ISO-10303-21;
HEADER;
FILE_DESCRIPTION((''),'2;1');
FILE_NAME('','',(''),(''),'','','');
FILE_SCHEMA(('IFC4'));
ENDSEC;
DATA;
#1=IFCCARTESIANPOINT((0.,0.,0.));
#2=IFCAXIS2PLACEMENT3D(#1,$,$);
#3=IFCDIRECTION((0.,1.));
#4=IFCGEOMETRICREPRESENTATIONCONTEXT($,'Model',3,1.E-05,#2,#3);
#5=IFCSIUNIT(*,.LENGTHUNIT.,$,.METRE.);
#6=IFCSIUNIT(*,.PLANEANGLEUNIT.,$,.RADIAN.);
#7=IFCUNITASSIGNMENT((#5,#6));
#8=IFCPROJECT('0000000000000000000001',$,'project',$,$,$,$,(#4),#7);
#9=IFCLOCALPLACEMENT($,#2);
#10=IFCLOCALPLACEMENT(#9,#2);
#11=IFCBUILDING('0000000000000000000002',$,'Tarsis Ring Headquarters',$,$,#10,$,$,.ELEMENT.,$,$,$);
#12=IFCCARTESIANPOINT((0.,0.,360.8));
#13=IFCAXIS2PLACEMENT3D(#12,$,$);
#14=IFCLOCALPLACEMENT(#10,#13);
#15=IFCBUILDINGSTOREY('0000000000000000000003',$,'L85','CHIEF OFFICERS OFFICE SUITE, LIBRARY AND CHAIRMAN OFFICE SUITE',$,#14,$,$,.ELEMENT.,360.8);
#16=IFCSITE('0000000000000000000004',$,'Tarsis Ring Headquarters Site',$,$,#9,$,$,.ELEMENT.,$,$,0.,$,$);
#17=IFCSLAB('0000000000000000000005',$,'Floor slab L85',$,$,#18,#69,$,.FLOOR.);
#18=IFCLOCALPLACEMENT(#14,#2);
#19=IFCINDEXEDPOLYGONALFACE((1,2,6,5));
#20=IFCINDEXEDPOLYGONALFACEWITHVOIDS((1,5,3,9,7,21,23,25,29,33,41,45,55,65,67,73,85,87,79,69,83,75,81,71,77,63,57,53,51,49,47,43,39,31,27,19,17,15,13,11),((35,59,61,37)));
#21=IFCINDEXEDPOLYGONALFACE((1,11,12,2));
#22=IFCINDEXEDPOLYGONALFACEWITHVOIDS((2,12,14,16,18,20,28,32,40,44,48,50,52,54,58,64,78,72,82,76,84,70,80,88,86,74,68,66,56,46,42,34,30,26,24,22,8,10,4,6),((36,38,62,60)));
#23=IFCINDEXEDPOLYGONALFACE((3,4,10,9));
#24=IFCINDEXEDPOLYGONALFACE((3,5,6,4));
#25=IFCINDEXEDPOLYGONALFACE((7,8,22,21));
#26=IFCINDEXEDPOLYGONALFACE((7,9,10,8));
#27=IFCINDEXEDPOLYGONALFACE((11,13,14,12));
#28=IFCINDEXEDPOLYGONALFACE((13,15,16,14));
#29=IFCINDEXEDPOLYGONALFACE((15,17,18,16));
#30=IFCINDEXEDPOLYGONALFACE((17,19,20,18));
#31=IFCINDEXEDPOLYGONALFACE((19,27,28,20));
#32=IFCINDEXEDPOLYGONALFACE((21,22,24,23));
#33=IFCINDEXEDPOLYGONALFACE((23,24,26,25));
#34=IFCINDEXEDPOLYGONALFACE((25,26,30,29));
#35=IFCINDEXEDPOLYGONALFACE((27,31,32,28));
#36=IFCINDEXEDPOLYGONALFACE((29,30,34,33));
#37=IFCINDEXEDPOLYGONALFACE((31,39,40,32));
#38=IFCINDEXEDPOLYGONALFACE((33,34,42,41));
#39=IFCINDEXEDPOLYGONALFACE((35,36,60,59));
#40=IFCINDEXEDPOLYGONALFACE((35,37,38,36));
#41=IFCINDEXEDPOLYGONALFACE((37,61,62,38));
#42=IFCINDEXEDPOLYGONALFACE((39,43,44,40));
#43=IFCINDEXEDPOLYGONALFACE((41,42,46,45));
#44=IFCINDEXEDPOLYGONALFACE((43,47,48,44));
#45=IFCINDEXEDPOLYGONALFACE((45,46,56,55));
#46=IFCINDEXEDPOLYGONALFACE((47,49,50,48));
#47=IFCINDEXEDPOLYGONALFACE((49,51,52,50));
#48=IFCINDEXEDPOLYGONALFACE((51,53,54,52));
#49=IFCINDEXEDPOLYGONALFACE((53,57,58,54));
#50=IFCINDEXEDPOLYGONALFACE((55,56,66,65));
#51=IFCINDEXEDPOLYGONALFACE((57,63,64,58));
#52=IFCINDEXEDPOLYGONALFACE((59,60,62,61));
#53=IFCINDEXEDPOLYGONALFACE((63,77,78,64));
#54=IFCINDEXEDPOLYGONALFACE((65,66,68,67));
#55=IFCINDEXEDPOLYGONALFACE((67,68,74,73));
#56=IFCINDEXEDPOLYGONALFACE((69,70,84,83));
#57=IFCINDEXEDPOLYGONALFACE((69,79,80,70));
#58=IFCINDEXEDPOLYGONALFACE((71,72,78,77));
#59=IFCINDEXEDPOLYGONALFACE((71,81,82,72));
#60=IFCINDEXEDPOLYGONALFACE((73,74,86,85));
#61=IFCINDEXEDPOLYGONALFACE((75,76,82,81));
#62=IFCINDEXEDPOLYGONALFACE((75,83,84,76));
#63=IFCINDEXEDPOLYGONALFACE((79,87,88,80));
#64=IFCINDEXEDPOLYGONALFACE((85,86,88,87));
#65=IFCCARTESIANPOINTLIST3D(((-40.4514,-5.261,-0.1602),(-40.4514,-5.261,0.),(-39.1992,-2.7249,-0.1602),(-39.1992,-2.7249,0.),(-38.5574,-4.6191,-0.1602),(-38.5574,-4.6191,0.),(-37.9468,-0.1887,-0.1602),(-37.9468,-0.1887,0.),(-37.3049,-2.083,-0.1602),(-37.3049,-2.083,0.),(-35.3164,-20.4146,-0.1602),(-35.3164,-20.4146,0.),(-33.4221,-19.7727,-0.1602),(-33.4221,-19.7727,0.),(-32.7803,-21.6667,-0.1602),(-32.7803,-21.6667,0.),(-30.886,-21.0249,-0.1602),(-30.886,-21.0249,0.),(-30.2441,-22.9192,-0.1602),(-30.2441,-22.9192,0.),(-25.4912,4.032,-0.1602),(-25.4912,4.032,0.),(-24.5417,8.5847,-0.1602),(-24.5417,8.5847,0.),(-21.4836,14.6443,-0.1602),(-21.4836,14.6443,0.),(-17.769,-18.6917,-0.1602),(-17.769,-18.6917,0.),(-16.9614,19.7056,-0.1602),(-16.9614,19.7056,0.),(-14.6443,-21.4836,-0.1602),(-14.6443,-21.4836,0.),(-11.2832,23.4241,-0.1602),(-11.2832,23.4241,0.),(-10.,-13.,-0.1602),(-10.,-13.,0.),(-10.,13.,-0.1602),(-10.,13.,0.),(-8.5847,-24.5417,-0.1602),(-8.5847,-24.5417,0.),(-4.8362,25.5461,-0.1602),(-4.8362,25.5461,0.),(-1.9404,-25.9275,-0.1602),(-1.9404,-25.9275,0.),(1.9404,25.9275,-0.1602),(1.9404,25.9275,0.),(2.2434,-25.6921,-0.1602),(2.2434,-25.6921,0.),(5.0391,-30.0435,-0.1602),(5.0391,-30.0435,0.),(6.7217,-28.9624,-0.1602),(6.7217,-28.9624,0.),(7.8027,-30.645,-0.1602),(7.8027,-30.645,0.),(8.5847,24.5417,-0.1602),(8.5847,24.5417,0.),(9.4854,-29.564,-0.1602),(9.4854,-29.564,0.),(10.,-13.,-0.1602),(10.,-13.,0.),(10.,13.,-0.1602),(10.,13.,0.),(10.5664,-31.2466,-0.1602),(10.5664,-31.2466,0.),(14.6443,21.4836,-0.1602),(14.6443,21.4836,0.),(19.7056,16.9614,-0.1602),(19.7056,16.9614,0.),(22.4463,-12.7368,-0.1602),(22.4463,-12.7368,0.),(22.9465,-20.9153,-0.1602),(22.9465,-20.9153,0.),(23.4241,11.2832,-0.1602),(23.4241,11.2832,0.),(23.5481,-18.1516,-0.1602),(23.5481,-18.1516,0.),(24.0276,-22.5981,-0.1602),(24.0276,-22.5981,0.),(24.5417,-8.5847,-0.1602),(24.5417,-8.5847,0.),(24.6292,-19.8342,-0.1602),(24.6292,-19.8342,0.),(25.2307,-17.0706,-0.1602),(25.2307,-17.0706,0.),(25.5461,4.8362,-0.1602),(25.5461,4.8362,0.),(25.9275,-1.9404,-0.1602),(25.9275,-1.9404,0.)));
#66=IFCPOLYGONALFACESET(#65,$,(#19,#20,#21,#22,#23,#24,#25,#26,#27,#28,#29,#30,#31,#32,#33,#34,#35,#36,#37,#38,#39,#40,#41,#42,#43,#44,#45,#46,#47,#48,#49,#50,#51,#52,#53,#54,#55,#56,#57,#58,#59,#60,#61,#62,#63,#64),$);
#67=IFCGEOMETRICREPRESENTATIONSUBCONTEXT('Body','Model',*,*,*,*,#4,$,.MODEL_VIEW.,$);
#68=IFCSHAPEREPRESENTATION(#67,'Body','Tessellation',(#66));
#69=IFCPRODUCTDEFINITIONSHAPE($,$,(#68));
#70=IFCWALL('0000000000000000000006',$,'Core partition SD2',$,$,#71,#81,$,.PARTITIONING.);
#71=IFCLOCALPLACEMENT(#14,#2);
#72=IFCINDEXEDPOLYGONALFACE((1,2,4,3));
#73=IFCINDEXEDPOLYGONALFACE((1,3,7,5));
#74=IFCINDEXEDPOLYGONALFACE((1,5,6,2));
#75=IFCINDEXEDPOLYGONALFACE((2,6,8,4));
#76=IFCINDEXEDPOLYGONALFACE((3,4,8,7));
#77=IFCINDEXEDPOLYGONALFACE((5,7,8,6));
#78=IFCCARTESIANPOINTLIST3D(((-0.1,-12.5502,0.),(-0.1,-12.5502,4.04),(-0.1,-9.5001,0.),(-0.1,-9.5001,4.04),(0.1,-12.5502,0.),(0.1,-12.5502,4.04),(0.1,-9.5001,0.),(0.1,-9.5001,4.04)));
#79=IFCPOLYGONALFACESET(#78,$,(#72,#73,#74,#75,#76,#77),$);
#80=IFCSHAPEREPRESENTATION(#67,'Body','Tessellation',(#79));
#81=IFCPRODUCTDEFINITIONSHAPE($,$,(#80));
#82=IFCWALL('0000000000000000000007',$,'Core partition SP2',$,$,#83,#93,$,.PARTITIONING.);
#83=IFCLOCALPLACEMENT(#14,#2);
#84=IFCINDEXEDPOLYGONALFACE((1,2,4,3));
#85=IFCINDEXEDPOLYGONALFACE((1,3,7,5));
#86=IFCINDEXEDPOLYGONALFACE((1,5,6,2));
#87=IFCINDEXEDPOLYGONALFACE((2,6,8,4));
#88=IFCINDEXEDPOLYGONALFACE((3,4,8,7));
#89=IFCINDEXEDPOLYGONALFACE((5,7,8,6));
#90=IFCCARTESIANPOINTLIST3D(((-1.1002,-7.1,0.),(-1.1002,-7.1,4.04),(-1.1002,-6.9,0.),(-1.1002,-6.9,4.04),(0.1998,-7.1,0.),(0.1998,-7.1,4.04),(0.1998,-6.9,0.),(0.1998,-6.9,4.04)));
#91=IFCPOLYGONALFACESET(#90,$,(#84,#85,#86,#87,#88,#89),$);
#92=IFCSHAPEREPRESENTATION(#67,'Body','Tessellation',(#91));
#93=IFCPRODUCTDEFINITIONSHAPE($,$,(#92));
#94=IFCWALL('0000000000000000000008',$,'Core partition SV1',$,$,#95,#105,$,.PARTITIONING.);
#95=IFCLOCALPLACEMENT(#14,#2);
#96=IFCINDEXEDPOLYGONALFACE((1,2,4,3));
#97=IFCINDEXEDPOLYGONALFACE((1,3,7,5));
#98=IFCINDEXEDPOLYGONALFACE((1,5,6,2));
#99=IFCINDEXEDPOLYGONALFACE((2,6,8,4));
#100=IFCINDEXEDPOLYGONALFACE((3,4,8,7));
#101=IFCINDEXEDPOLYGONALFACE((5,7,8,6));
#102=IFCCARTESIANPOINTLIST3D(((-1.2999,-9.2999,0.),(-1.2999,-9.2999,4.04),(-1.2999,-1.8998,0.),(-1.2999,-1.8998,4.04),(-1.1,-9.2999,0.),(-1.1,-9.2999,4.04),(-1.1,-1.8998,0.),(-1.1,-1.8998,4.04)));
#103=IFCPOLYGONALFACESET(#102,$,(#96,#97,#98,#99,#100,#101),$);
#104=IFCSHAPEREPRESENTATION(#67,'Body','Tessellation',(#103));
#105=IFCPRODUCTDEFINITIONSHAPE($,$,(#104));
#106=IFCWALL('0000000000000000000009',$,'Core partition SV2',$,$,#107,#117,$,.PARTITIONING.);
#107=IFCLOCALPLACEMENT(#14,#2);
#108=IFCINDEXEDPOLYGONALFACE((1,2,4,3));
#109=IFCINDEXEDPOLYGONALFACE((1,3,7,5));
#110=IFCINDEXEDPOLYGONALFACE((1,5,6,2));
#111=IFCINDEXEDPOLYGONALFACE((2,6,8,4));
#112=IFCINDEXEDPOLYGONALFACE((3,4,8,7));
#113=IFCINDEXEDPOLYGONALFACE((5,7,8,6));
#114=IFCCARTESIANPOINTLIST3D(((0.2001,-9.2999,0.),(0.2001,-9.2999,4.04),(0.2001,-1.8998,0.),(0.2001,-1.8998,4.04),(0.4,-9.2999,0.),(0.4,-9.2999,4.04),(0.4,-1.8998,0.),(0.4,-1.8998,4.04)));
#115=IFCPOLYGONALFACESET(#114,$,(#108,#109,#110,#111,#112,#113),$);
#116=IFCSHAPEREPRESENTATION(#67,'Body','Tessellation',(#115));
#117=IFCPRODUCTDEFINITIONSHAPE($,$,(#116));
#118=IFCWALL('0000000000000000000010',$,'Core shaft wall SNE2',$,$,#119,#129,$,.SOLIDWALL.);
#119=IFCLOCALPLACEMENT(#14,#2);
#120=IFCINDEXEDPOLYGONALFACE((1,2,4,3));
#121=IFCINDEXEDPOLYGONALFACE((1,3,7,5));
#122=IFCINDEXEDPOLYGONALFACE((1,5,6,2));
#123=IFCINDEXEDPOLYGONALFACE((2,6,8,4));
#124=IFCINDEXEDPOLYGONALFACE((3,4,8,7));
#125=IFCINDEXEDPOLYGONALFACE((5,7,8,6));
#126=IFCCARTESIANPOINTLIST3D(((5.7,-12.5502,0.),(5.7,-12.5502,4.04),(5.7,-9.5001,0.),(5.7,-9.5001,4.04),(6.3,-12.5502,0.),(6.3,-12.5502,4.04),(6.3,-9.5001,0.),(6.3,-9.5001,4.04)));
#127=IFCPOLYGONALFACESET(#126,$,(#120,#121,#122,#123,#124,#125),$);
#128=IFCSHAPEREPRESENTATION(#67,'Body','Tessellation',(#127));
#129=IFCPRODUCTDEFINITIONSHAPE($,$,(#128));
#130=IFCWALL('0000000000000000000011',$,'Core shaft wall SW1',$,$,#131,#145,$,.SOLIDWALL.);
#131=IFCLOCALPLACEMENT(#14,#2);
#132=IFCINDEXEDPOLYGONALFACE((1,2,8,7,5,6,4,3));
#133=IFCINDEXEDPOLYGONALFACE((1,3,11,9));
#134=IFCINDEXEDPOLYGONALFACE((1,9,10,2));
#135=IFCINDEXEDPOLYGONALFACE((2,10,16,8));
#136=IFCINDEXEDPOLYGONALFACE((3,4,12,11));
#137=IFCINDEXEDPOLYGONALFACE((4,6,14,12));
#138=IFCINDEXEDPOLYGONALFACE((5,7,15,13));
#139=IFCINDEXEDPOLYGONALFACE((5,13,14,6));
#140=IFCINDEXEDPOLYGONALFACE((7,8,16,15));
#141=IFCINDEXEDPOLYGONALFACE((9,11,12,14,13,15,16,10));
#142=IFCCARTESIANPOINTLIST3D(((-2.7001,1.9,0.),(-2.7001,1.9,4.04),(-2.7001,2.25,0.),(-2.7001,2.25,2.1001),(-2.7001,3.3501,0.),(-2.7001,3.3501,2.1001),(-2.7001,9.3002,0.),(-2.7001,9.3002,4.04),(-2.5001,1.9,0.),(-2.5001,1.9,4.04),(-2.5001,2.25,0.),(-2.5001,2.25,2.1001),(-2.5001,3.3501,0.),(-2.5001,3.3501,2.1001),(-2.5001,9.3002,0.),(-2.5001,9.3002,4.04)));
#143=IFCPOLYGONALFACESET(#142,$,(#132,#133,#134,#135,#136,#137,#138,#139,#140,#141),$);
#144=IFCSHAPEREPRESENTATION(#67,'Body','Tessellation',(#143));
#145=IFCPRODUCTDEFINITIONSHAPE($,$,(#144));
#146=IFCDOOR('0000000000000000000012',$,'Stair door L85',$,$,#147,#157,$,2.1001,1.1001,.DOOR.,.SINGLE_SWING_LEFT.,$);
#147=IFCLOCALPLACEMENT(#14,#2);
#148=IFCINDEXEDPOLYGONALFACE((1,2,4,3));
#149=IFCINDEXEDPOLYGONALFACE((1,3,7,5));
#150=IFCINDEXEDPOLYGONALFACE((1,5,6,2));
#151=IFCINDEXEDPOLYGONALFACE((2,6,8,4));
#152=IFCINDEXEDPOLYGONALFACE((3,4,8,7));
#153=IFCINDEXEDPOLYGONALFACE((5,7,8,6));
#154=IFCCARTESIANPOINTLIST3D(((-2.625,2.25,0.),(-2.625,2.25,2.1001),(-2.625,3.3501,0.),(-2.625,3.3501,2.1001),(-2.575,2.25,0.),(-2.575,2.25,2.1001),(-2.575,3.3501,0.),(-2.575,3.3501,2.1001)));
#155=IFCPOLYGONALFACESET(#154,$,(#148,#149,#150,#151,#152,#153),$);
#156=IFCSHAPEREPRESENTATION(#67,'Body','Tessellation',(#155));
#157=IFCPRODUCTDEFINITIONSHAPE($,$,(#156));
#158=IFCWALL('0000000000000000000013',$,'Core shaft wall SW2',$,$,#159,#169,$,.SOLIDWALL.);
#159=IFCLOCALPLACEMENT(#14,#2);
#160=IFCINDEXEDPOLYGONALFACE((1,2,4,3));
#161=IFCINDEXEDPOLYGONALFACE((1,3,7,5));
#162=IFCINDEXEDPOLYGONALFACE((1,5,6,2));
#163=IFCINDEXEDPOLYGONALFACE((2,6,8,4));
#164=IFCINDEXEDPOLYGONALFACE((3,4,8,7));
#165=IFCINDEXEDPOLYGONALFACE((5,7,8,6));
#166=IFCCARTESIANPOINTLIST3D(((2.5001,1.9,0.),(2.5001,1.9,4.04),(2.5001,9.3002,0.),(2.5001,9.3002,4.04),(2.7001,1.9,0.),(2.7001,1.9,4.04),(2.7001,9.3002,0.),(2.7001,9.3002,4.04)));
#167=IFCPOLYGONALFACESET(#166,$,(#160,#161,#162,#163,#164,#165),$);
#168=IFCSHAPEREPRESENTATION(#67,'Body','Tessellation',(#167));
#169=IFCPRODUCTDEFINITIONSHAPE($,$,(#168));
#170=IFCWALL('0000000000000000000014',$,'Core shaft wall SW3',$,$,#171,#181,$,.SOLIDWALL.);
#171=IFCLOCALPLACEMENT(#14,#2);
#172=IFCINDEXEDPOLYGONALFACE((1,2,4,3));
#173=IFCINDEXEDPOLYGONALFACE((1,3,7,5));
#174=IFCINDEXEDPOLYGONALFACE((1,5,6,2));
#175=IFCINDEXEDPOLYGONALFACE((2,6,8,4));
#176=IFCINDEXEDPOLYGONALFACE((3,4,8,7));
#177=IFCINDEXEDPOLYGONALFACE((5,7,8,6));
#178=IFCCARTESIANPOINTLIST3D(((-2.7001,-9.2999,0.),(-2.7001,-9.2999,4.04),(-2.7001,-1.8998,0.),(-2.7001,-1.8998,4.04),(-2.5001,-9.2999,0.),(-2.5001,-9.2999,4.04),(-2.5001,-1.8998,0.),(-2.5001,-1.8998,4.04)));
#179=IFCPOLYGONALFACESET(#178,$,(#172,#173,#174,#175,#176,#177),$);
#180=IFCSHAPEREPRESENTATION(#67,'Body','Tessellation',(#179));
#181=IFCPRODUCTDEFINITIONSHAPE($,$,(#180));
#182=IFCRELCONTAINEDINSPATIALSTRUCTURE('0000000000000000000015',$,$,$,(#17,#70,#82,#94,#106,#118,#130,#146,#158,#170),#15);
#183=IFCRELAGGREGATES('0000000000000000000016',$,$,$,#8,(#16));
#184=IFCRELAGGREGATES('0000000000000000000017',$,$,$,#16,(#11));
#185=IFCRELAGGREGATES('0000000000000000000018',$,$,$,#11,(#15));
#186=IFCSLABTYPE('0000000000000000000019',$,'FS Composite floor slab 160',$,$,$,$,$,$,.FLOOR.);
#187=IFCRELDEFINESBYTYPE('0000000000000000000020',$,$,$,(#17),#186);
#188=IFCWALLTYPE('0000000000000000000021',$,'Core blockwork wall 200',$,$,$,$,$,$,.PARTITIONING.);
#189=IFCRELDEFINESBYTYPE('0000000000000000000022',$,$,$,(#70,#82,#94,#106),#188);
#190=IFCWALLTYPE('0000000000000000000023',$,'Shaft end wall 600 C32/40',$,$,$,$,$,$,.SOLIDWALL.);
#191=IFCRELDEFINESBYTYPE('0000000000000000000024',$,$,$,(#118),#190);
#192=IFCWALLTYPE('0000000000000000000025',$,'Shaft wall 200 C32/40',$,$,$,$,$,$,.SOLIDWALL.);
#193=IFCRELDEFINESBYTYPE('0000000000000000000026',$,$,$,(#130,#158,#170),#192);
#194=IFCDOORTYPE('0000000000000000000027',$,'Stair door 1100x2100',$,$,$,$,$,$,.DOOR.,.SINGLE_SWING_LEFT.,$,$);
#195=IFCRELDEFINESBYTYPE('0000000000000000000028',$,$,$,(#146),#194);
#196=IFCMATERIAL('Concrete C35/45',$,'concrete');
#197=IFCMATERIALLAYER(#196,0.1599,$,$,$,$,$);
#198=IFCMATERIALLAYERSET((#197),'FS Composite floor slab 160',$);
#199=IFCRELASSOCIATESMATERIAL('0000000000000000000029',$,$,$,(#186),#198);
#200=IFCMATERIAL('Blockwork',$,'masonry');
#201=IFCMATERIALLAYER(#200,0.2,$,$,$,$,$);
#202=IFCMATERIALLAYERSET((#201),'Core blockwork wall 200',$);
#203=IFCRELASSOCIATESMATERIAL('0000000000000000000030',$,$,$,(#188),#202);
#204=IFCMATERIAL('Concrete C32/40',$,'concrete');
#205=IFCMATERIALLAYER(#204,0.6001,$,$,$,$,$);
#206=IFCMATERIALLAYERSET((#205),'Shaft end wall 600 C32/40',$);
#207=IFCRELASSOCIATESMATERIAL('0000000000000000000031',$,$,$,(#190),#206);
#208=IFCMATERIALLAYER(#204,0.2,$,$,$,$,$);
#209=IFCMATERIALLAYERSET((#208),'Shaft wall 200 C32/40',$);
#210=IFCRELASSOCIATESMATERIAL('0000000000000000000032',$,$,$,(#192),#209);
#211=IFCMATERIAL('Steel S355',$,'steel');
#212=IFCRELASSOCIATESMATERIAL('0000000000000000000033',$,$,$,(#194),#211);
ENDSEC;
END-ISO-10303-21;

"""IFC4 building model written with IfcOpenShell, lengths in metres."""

from ifc_helpers import new_model, si_unit, direction, frame, frame_2d, origin, place, context, subcontext, project, spatial, polyline, rectangle, outline, extrude, material, layer, layer_set, type_object, element, fill, save


model = new_model("IFC4")

# Units and contexts
model_context = context("Model", 3, precision=1e-05, world=origin(), true_north=direction((0.0, 1.0)))
body_context = subcontext(model_context, "Body", "Model", "MODEL_VIEW")
ifc_project = project(units=[si_unit("LENGTHUNIT", "METRE"), si_unit("PLANEANGLEUNIT", "RADIAN")], contexts=[model_context])

# Site, building, storey
site_placement = place(None, origin())
site = spatial("IfcSite", under=ifc_project, at=site_placement, Name="Tarsis Ring Headquarters Site", CompositionType="ELEMENT", RefElevation=0.0)
building_placement = place(site_placement, origin())
building = spatial("IfcBuilding", under=site, at=building_placement, Name="Tarsis Ring Headquarters", CompositionType="ELEMENT")
storey_placement = place(building_placement, frame((0.0, 0.0, 360.8)))
storey = spatial("IfcBuildingStorey", under=building, at=storey_placement, Name="L85", Description="CHIEF OFFICERS OFFICE SUITE, LIBRARY AND CHAIRMAN OFFICE SUITE", CompositionType="ELEMENT", Elevation=360.8)

# Slab
ifc_material_1 = material(Name="Concrete C35/45", Category="concrete")
ifc_layer_1 = layer(ifc_material_1, 0.1599)
ifc_layer_set_1 = layer_set([ifc_layer_1], Name="FS Composite floor slab 160")
slab_type_1 = type_object("IfcSlabType", Name="FS Composite floor slab 160", PredefinedType="FLOOR", material=ifc_layer_set_1)
slab_1_placement = place(storey_placement, frame((0.0, 0.0, -0.1602)))
element("IfcSlab", 1, at=slab_1_placement, inside=storey, type_object=slab_type_1, Name="Floor slab L85", PredefinedType="FLOOR", context=body_context, shape_type="SweptSolid", body=[
    extrude(outline(polyline([(-17.769, -18.6917), (-14.6443, -21.4836), (-8.5847, -24.5417), (-1.9404, -25.9275), (2.2434, -25.6921), (5.0391, -30.0435), (6.7217, -28.9624), (7.8027, -30.645), (9.4854, -29.564), (10.5664, -31.2466), (24.0276, -22.5981), (22.9465, -20.9153), (24.6292, -19.8342), (23.5481, -18.1516), (25.2307, -17.0706), (22.4463, -12.7368), (24.5417, -8.5847), (25.9275, -1.9404), (25.5461, 4.8362), (23.4241, 11.2832), (19.7056, 16.9614), (14.6443, 21.4836), (8.5847, 24.5417), (1.9404, 25.9275), (-4.8362, 25.5461), (-11.2832, 23.4241), (-16.9614, 19.7056), (-21.4836, 14.6443), (-24.5417, 8.5847), (-25.4912, 4.032), (-37.9468, -0.1887), (-37.3049, -2.083), (-39.1992, -2.7249), (-38.5574, -4.6191), (-40.4514, -5.261), (-35.3164, -20.4146), (-33.4221, -19.7727), (-32.7803, -21.6667), (-30.886, -21.0249), (-30.2441, -22.9192), (-17.769, -18.6917)]), holes=[polyline([(-10.0, -13.0), (-10.0, 13.0), (10.0, 13.0), (10.0, -13.0), (-10.0, -13.0)])]), origin(), (0.0, 0.0, 1.0), 0.1602),
])

# Walls
ifc_material_2 = material(Name="Blockwork", Category="masonry")
ifc_layer_2 = layer(ifc_material_2, 0.2)
ifc_layer_set_2 = layer_set([ifc_layer_2], Name="Core blockwork wall 200")
wall_type_1 = type_object("IfcWallType", Name="Core blockwork wall 200", PredefinedType="PARTITIONING", material=ifc_layer_set_2)
wall_1_placement = place(storey_placement, frame((0.0, -12.55, 0.0), z_axis=(0.0, 0.0, 1.0), x_axis=(0.0, 1.0, 0.0)))
element("IfcWall", 2, at=wall_1_placement, inside=storey, type_object=wall_type_1, Name="Core partition SD2", PredefinedType="PARTITIONING", context=body_context, shape_type="SweptSolid", body=[
    extrude(rectangle(XDim=3.05, YDim=0.2, at=frame_2d((1.5249, 0.0))), origin(), (0.0, 0.0, 1.0), 4.04),
])
wall_2_placement = place(storey_placement, frame((-1.1001, -7.0, 0.0), z_axis=(0.0, 0.0, 1.0), x_axis=(1.0, 0.0, 0.0)))
element("IfcWall", 3, at=wall_2_placement, inside=storey, type_object=wall_type_1, Name="Core partition SP2", PredefinedType="PARTITIONING", context=body_context, shape_type="SweptSolid", body=[
    extrude(rectangle(XDim=1.3, YDim=0.2, at=frame_2d((0.6499, 0.0))), origin(), (0.0, 0.0, 1.0), 4.04),
])
for number, where, z_axis, x_axis, name in (
    (4, (-1.2, -9.3, 0.0), (0.0, 0.0, 1.0), (0.0, 1.0, 0.0), "Core partition SV1"),
    (5, (0.3, -9.3, 0.0), (0.0, 0.0, 1.0), (0.0, 1.0, 0.0), "Core partition SV2"),
):
    element("IfcWall", number, at=place(storey_placement, frame(where, z_axis=z_axis, x_axis=x_axis)), inside=storey, type_object=wall_type_1, Name=name, PredefinedType="PARTITIONING", context=body_context, shape_type="SweptSolid", body=[
        extrude(rectangle(XDim=7.4001, YDim=0.2, at=frame_2d((3.7002, 0.0))), origin(), (0.0, 0.0, 1.0), 4.04),
    ])
ifc_material_3 = material(Name="Concrete C32/40", Category="concrete")
ifc_layer_3 = layer(ifc_material_3, 0.6001)
ifc_layer_set_3 = layer_set([ifc_layer_3], Name="Shaft end wall 600 C32/40")
wall_type_2 = type_object("IfcWallType", Name="Shaft end wall 600 C32/40", PredefinedType="SOLIDWALL", material=ifc_layer_set_3)
wall_3_placement = place(storey_placement, frame((6.0, -12.55, 0.0), z_axis=(0.0, 0.0, 1.0), x_axis=(0.0, 1.0, 0.0)))
element("IfcWall", 6, at=wall_3_placement, inside=storey, type_object=wall_type_2, Name="Core shaft wall SNE2", PredefinedType="SOLIDWALL", context=body_context, shape_type="SweptSolid", body=[
    extrude(rectangle(XDim=3.05, YDim=0.6001, at=frame_2d((1.5249, 0.0))), origin(), (0.0, 0.0, 1.0), 4.04),
])

# Wall, opening, door
ifc_layer_4 = layer(ifc_material_3, 0.2)
ifc_layer_set_4 = layer_set([ifc_layer_4], Name="Shaft wall 200 C32/40")
wall_type_3 = type_object("IfcWallType", Name="Shaft wall 200 C32/40", PredefinedType="SOLIDWALL", material=ifc_layer_set_4)
wall_4_placement = place(storey_placement, frame((-2.6001, 1.8999, 0.0), z_axis=(0.0, 0.0, 1.0), x_axis=(0.0, 1.0, 0.0)))
wall_4 = element("IfcWall", 7, at=wall_4_placement, inside=storey, type_object=wall_type_3, Name="Core shaft wall SW1", PredefinedType="SOLIDWALL", context=body_context, shape_type="SweptSolid", body=[
    extrude(rectangle(XDim=7.4001, YDim=0.2, at=frame_2d((3.7002, 0.0))), origin(), (0.0, 0.0, 1.0), 4.04),
])
opening_placement = place(wall_4_placement, frame((0.3501, 0.0, 0.0)))
opening = element("IfcOpeningElement", 8, at=opening_placement, cuts=wall_4, PredefinedType="OPENING", context=body_context, shape_type="SweptSolid", body=[
    extrude(rectangle(XDim=1.1001, YDim=2.1001, at=frame_2d((0.55, 1.05))), frame((0.0, 0.1099, 0.0), z_axis=(0.0, -1.0, 0.0), x_axis=(1.0, 0.0, 0.0)), (0.0, 0.0, 1.0), 0.22),
])
ifc_material_4 = material(Name="Steel S355", Category="steel")
door_type = type_object("IfcDoorType", Name="Stair door 1100x2100", OperationType="SINGLE_SWING_LEFT", PredefinedType="DOOR", material=ifc_material_4)
door_placement = place(opening_placement, origin())
door = element("IfcDoor", 9, at=door_placement, inside=storey, type_object=door_type, Name="Stair door L85", OperationType="SINGLE_SWING_LEFT", OverallHeight=2.1001, OverallWidth=1.1001, PredefinedType="DOOR", context=body_context, shape_type="SweptSolid", body=[
    extrude(rectangle(XDim=1.1001, YDim=2.1001, at=frame_2d((0.55, 1.05))), frame((0.0, 0.0249, 0.0), z_axis=(0.0, -1.0, 0.0), x_axis=(1.0, 0.0, 0.0)), (0.0, 0.0, 1.0), 0.05),
])
fill(opening, door)

# Walls
for number, where, z_axis, x_axis, name in (
    (10, (2.6001, 1.8999, 0.0), (0.0, 0.0, 1.0), (0.0, 1.0, 0.0), "Core shaft wall SW2"),
    (11, (-2.6001, -9.3, 0.0), (0.0, 0.0, 1.0), (0.0, 1.0, 0.0), "Core shaft wall SW3"),
):
    element("IfcWall", number, at=place(storey_placement, frame(where, z_axis=z_axis, x_axis=x_axis)), inside=storey, type_object=wall_type_3, Name=name, PredefinedType="SOLIDWALL", context=body_context, shape_type="SweptSolid", body=[
        extrude(rectangle(XDim=7.4001, YDim=0.2, at=frame_2d((3.7002, 0.0))), origin(), (0.0, 0.0, 1.0), 4.04),
    ])

save(model, "model.ifc")
